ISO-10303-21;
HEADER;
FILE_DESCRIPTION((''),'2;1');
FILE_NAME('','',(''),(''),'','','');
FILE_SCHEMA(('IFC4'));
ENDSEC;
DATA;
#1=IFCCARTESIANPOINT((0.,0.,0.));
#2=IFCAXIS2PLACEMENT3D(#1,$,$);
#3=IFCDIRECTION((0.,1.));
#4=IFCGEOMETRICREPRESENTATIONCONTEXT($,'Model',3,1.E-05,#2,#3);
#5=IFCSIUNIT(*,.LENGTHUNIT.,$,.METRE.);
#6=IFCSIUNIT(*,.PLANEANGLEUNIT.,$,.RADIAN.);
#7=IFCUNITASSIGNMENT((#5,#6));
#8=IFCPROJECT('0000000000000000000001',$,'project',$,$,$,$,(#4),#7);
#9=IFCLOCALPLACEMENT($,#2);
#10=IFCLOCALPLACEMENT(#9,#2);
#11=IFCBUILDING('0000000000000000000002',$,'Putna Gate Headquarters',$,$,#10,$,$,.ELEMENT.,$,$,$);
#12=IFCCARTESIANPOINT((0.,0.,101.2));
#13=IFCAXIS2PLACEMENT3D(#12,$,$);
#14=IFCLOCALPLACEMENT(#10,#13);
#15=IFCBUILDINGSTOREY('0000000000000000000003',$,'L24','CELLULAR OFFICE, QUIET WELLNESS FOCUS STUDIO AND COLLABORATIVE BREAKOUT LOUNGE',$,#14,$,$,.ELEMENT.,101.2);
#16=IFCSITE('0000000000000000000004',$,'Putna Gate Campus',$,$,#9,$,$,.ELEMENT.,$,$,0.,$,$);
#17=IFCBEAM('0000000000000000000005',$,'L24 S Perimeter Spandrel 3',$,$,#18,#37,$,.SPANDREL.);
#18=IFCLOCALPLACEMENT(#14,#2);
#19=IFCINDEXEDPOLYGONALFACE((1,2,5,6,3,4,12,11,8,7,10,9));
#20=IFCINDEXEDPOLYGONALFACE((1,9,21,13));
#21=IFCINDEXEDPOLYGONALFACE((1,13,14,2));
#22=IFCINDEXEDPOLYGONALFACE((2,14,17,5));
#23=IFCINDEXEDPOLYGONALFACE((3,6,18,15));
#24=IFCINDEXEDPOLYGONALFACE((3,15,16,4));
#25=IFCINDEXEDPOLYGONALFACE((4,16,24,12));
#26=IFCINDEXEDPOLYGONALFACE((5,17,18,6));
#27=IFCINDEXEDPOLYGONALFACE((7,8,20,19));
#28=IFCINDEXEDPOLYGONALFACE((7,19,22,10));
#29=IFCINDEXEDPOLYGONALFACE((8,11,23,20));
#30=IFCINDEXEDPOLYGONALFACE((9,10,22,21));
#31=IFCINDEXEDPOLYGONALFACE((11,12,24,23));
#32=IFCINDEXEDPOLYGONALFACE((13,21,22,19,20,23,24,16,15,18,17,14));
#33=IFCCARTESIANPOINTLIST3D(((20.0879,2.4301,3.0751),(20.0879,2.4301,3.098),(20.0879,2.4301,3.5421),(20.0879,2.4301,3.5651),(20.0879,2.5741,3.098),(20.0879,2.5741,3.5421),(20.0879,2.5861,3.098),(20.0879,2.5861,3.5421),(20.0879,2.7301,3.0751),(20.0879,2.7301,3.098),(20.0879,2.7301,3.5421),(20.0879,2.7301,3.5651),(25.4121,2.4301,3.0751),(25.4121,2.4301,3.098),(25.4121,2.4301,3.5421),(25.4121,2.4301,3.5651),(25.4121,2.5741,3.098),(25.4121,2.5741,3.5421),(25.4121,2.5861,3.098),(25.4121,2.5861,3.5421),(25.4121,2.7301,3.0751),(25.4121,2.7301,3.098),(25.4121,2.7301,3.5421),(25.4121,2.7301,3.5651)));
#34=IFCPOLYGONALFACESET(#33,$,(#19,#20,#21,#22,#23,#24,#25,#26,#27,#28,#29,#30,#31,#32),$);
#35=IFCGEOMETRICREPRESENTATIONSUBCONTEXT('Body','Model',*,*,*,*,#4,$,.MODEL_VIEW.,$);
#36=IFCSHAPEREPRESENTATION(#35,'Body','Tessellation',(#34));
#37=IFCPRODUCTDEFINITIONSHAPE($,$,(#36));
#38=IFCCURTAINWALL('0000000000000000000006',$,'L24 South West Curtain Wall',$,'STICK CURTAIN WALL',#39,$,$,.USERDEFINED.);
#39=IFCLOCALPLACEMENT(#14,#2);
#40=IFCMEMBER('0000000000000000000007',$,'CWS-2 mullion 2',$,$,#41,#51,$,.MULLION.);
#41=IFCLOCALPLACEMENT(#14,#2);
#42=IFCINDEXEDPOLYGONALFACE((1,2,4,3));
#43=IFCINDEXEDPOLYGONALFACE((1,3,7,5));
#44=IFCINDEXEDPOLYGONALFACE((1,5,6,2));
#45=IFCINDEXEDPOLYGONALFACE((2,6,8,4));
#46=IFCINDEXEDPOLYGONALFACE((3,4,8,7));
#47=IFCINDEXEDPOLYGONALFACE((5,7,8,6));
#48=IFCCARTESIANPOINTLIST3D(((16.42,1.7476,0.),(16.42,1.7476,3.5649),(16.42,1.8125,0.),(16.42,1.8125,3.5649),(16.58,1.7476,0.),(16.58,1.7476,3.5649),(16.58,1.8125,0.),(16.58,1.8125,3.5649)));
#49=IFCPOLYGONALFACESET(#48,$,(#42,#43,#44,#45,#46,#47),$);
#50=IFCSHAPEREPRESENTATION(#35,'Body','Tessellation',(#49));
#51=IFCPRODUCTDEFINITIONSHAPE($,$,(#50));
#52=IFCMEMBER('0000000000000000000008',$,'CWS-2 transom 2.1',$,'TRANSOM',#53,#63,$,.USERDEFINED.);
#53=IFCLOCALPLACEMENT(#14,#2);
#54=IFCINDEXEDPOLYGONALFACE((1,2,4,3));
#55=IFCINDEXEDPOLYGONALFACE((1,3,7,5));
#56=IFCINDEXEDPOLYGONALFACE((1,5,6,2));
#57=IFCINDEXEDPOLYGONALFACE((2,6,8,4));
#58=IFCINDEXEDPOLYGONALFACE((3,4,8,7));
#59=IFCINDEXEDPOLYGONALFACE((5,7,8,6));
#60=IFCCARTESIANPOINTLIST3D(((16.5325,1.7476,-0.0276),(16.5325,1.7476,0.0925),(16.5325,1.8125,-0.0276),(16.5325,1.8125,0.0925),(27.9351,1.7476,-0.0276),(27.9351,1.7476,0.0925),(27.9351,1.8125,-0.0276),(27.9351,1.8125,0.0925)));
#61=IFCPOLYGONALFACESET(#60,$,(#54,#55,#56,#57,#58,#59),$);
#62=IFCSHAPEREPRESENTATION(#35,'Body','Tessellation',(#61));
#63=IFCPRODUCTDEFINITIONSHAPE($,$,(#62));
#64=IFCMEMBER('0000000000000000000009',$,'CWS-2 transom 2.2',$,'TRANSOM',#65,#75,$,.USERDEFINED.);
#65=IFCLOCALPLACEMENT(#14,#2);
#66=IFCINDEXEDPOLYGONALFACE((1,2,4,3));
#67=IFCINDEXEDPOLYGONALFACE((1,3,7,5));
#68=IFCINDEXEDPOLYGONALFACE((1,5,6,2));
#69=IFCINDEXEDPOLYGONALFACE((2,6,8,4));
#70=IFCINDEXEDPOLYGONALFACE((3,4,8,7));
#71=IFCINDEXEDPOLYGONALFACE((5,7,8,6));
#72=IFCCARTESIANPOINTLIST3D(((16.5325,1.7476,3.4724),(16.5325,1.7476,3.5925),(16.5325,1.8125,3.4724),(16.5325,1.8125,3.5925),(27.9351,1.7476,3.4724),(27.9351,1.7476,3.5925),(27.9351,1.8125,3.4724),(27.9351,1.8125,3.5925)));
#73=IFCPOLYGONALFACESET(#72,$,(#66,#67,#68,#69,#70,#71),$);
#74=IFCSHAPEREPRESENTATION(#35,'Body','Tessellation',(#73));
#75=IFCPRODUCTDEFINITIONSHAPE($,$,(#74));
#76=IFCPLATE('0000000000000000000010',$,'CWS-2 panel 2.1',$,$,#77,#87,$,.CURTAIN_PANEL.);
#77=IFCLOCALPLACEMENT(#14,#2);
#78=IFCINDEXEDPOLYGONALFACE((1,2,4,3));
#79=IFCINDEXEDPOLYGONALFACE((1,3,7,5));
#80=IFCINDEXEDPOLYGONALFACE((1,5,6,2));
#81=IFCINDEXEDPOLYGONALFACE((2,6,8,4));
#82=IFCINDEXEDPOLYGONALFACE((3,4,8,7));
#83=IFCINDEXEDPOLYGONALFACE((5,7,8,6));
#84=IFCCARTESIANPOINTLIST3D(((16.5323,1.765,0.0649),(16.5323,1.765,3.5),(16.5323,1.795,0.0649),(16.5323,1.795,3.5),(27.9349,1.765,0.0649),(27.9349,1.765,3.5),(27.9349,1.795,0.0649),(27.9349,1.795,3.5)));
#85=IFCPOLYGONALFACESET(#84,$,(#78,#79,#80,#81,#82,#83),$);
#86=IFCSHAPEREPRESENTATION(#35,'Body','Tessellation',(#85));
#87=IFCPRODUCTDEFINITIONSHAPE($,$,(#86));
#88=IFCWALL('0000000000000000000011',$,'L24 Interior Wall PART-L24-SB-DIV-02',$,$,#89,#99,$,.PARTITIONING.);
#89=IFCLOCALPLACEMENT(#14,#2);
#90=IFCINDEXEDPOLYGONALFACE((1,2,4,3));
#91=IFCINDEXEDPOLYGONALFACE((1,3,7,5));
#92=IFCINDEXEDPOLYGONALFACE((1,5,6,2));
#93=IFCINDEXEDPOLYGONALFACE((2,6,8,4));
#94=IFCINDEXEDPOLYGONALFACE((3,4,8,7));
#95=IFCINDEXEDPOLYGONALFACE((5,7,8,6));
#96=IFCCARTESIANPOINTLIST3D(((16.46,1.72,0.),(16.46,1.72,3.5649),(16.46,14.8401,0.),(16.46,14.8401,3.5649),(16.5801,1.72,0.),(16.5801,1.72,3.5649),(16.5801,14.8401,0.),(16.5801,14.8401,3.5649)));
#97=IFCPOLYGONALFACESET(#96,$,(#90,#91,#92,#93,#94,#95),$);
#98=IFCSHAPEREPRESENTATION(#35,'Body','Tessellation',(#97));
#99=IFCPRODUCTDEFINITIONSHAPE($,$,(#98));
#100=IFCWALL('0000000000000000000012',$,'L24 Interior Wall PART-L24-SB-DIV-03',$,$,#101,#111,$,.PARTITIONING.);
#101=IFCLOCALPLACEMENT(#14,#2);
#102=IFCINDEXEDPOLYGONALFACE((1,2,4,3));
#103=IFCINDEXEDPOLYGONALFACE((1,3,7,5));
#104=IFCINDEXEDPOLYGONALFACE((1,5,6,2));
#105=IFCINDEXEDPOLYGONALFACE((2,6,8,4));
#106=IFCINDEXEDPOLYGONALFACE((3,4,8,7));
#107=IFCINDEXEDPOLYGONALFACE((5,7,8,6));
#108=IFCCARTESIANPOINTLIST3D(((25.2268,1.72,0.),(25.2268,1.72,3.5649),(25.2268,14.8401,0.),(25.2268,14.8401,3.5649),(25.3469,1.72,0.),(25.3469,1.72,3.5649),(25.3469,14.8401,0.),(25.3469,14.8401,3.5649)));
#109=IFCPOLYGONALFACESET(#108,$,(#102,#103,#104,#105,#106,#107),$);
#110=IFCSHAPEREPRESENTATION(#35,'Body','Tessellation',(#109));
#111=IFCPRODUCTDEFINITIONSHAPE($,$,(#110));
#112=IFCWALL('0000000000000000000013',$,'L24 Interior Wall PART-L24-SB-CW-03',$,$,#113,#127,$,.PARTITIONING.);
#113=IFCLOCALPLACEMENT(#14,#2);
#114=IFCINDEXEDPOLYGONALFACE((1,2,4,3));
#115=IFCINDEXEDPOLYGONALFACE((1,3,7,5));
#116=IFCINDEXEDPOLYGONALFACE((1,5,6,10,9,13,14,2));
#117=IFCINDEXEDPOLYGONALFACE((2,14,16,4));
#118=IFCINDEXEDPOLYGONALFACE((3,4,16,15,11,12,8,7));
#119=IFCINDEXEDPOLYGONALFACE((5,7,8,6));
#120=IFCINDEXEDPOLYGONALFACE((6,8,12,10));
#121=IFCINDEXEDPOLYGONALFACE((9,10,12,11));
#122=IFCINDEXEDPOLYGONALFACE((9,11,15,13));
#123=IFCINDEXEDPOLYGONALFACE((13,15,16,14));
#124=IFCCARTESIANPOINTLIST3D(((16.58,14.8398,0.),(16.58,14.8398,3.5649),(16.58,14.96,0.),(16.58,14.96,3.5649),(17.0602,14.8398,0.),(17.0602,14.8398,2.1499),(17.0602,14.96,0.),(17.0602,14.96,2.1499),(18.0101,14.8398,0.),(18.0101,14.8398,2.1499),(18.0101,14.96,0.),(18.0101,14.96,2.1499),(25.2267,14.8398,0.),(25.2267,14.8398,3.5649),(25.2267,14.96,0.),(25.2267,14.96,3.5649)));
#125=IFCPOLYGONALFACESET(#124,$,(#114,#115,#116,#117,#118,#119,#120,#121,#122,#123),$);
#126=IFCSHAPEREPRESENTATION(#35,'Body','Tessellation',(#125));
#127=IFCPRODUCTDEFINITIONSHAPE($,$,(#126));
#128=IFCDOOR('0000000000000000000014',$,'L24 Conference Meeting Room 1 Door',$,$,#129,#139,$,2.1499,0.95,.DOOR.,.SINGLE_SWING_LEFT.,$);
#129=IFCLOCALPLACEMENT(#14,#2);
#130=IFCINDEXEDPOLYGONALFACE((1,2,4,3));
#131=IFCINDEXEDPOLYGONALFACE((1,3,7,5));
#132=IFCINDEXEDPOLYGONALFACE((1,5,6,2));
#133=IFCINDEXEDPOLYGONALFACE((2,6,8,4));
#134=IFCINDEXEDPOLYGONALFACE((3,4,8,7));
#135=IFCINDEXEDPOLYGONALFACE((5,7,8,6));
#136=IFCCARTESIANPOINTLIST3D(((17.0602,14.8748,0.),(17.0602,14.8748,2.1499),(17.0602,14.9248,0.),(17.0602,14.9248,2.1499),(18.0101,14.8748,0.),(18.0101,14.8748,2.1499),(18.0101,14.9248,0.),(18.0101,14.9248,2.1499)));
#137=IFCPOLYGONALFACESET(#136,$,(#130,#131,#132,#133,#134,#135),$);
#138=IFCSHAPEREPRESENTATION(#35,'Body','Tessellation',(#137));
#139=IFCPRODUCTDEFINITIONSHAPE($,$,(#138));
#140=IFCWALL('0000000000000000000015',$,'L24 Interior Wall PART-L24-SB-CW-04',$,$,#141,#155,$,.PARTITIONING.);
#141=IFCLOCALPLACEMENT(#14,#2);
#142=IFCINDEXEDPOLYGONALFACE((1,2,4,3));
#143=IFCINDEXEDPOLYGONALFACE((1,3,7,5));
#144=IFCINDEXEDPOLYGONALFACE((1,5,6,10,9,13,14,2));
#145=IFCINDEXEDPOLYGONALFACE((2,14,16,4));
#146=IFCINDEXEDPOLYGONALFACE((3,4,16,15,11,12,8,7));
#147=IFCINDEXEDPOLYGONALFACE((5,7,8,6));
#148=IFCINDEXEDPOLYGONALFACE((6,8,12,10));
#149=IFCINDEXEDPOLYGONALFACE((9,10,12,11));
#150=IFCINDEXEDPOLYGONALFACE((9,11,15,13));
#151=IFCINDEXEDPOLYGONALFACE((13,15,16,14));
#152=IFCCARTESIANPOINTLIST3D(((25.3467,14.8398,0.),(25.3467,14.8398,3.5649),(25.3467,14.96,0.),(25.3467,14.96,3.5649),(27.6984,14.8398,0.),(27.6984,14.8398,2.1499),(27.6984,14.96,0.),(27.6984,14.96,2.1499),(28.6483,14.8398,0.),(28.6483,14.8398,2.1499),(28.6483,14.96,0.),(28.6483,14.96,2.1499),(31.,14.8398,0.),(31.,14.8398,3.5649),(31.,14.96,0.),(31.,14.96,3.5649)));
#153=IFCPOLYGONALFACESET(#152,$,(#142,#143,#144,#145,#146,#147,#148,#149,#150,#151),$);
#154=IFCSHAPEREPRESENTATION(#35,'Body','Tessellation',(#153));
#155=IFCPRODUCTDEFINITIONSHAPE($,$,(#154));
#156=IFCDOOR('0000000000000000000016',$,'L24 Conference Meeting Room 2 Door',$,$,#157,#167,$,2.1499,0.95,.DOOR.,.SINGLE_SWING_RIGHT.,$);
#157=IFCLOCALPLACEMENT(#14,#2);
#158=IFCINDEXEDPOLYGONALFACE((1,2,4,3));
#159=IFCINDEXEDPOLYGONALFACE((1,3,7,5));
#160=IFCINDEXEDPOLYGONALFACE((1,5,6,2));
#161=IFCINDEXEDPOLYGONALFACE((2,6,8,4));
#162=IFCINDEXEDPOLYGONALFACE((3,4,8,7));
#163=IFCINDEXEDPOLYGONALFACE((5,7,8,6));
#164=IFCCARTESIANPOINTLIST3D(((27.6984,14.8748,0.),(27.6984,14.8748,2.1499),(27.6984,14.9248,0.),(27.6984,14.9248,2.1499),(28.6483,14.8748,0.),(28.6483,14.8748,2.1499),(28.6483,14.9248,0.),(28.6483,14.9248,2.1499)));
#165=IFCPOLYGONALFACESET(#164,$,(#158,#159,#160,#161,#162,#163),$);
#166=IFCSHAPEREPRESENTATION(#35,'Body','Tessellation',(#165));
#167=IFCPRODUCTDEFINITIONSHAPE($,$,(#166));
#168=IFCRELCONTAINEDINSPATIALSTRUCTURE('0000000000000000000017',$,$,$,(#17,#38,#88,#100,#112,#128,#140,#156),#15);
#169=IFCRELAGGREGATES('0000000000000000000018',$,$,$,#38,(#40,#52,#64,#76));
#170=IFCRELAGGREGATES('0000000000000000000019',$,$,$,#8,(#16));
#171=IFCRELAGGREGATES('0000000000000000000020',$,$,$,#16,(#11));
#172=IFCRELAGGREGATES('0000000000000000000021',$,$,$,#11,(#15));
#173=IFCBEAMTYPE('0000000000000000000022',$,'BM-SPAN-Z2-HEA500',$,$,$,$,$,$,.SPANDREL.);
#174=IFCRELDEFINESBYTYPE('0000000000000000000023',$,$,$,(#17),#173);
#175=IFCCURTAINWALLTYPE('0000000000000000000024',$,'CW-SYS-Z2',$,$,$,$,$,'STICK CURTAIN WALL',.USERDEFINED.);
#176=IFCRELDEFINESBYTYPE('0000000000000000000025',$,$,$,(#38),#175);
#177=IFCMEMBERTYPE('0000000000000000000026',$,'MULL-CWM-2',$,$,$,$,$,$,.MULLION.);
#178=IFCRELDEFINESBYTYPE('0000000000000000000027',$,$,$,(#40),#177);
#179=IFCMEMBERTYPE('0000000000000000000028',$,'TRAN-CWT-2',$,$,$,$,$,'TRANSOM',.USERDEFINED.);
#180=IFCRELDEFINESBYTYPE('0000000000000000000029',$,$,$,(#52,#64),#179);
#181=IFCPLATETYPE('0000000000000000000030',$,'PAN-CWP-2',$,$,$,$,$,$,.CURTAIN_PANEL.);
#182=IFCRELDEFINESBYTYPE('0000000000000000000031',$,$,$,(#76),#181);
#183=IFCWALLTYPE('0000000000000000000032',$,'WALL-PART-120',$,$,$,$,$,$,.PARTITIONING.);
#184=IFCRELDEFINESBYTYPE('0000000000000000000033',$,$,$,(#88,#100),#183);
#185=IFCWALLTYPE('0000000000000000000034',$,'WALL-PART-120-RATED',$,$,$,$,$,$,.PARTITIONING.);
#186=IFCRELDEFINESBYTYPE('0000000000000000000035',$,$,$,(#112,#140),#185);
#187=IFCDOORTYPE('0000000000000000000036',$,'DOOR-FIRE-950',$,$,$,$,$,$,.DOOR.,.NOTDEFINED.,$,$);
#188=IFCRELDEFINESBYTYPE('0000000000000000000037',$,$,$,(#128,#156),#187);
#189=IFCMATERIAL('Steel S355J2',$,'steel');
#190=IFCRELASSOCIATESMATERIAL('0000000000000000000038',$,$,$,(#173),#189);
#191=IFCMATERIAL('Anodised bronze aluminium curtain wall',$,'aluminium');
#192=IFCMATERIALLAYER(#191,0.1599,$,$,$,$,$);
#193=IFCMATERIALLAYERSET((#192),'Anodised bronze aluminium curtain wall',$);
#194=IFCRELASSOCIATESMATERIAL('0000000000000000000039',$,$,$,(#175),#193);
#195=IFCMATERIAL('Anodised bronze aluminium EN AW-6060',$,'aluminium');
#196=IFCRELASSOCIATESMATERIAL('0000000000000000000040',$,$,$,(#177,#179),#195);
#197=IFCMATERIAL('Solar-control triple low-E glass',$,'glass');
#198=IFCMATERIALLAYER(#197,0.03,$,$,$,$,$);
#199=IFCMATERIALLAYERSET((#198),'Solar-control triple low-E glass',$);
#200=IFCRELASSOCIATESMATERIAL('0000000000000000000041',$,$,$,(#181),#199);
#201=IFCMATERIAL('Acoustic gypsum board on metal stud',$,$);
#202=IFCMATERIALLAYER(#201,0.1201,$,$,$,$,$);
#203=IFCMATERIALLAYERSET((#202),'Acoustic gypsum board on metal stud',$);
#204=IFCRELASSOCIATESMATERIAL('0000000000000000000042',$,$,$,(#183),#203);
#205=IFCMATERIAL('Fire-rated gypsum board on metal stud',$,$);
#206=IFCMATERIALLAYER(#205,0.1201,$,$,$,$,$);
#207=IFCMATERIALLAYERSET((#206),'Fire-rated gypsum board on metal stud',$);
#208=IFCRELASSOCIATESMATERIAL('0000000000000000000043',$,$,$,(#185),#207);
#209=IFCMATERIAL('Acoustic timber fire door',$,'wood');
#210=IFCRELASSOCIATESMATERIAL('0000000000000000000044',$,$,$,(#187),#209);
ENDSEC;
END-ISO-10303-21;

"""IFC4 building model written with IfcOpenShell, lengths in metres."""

from ifc_helpers import new_model, si_unit, direction, frame, frame_2d, origin, origin_2d, place, context, subcontext, project, spatial, rectangle, i_section, extrude, material, layer, layer_set, material_profile, profile_set, type_object, element, fill, aggregate, save


model = new_model("IFC4")

# Units and contexts
model_context = context("Model", 3, precision=1e-05, world=origin(), true_north=direction((0.0, 1.0)))
body_context = subcontext(model_context, "Body", "Model", "MODEL_VIEW")
ifc_project = project(units=[si_unit("LENGTHUNIT", "METRE"), si_unit("PLANEANGLEUNIT", "RADIAN")], contexts=[model_context])

# Site, building, storey
site_placement = place(None, origin())
site = spatial("IfcSite", under=ifc_project, at=site_placement, Name="Putna Gate Campus", CompositionType="ELEMENT", RefElevation=0.0)
building_placement = place(site_placement, origin())
building = spatial("IfcBuilding", under=site, at=building_placement, Name="Putna Gate Headquarters", CompositionType="ELEMENT")
storey_placement = place(building_placement, frame((0.0, 0.0, 101.2)))
storey = spatial("IfcBuildingStorey", under=building, at=storey_placement, Name="L24", Description="CELLULAR OFFICE, QUIET WELLNESS FOCUS STUDIO AND COLLABORATIVE BREAKOUT LOUNGE", CompositionType="ELEMENT", Elevation=101.2)

# Beam
ifc_material_1 = material(Name="Steel S355J2", Category="steel")
ifc_material_profile_1 = material_profile(ifc_material_1, i_section(OverallWidth=0.3, OverallDepth=0.49, WebThickness=0.012, FlangeThickness=0.0229, at=origin_2d()), Name="Steel S355J2")
ifc_profile_set_1 = profile_set([ifc_material_profile_1], Name="Steel S355J2")
beam_type_1 = type_object("IfcBeamType", Name="BM-SPAN-Z2-HEA500", PredefinedType="SPANDREL", material=ifc_profile_set_1)
for number, where, z_axis, x_axis, name in (
    (1, (20.0879, 2.5801, 3.3201), (1.0, 0.0, 0.0), (0.0, 1.0, 0.0), "L24 S Perimeter Spandrel 3"),
):
    element("IfcBeam", number, at=place(storey_placement, frame(where, z_axis=z_axis, x_axis=x_axis)), inside=storey, type_object=beam_type_1, Name=name, PredefinedType="SPANDREL", context=body_context, shape_type="SweptSolid", body=[
        extrude(i_section(OverallWidth=0.3, OverallDepth=0.49, WebThickness=0.012, FlangeThickness=0.0229, at=origin_2d()), origin(), (0.0, 0.0, 1.0), 5.3242),
    ])

# Curtain wall, members, plate
ifc_material_2 = material(Name="Anodised bronze aluminium curtain wall", Category="aluminium")
ifc_layer_1 = layer(ifc_material_2, 0.1599)
ifc_layer_set_1 = layer_set([ifc_layer_1], Name="Anodised bronze aluminium curtain wall")
curtain_wall_type = type_object("IfcCurtainWallType", Name="CW-SYS-Z2", ElementType="STICK CURTAIN WALL", PredefinedType="USERDEFINED", material=ifc_layer_set_1)
curtain_wall_placement = place(storey_placement, origin())
curtain_wall = element("IfcCurtainWall", 2, at=curtain_wall_placement, inside=storey, type_object=curtain_wall_type, Name="L24 South West Curtain Wall", ObjectType="STICK CURTAIN WALL", PredefinedType="USERDEFINED")
ifc_material_3 = material(Name="Anodised bronze aluminium EN AW-6060", Category="aluminium")
ifc_material_profile_2 = material_profile(ifc_material_3, rectangle(XDim=0.0649, YDim=0.1599, at=origin_2d()), Name="Anodised bronze aluminium EN AW-6060")
ifc_profile_set_2 = profile_set([ifc_material_profile_2], Name="Anodised bronze aluminium EN AW-6060")
member_type_1 = type_object("IfcMemberType", Name="MULL-CWM-2", PredefinedType="MULLION", material=ifc_profile_set_2)
member_1_placement = place(storey_placement, frame((16.5, 1.78, 0.0), z_axis=(0.0, 0.0, 1.0), x_axis=(0.0, 1.0, 0.0)))
member_1 = element("IfcMember", 3, at=member_1_placement, type_object=member_type_1, Name="CWS-2 mullion 2", PredefinedType="MULLION", context=body_context, shape_type="SweptSolid", body=[
    extrude(rectangle(XDim=0.0649, YDim=0.1599, at=origin_2d()), origin(), (0.0, 0.0, 1.0), 3.5649),
])
ifc_material_profile_3 = material_profile(ifc_material_3, rectangle(XDim=0.0649, YDim=0.1201, at=origin_2d()), Name="Anodised bronze aluminium EN AW-6060")
ifc_profile_set_3 = profile_set([ifc_material_profile_3], Name="Anodised bronze aluminium EN AW-6060")
member_type_2 = type_object("IfcMemberType", Name="TRAN-CWT-2", ElementType="TRANSOM", PredefinedType="USERDEFINED", material=ifc_profile_set_3)
member_2_placement = place(storey_placement, frame((16.5325, 1.78, 0.0325), z_axis=(1.0, 0.0, 0.0), x_axis=(0.0, 1.0, 0.0)))
member_2 = element("IfcMember", 4, at=member_2_placement, type_object=member_type_2, Name="CWS-2 transom 2.1", ObjectType="TRANSOM", PredefinedType="USERDEFINED", context=body_context, shape_type="SweptSolid", body=[
    extrude(rectangle(XDim=0.0649, YDim=0.1201, at=origin_2d()), origin(), (0.0, 0.0, 1.0), 11.4026),
])
member_3_placement = place(storey_placement, frame((16.5325, 1.78, 3.5325), z_axis=(1.0, 0.0, 0.0), x_axis=(0.0, 1.0, 0.0)))
member_3 = element("IfcMember", 5, at=member_3_placement, type_object=member_type_2, Name="CWS-2 transom 2.2", ObjectType="TRANSOM", PredefinedType="USERDEFINED", context=body_context, shape_type="SweptSolid", body=[
    extrude(rectangle(XDim=0.0649, YDim=0.1201, at=origin_2d()), origin(), (0.0, 0.0, 1.0), 11.4026),
])
ifc_material_4 = material(Name="Solar-control triple low-E glass", Category="glass")
ifc_layer_2 = layer(ifc_material_4, 0.03)
ifc_layer_set_2 = layer_set([ifc_layer_2], Name="Solar-control triple low-E glass")
plate_type = type_object("IfcPlateType", Name="PAN-CWP-2", PredefinedType="CURTAIN_PANEL", material=ifc_layer_set_2)
plate_placement = place(storey_placement, frame((22.2336, 1.78, 0.0649), z_axis=(0.0, 0.0, 1.0), x_axis=(1.0, 0.0, 0.0)))
plate = element("IfcPlate", 6, at=plate_placement, type_object=plate_type, Name="CWS-2 panel 2.1", PredefinedType="CURTAIN_PANEL", context=body_context, shape_type="SweptSolid", body=[
    extrude(rectangle(XDim=11.4026, YDim=0.03, at=origin_2d()), origin(), (0.0, 0.0, 1.0), 3.4351),
])
aggregate(curtain_wall, [member_1, member_2, member_3, plate])

# Walls
ifc_material_5 = material(Name="Acoustic gypsum board on metal stud")
ifc_layer_3 = layer(ifc_material_5, 0.1201)
ifc_layer_set_3 = layer_set([ifc_layer_3], Name="Acoustic gypsum board on metal stud")
wall_type_1 = type_object("IfcWallType", Name="WALL-PART-120", PredefinedType="PARTITIONING", material=ifc_layer_set_3)
for number, where, z_axis, x_axis, name in (
    (7, (16.52, 1.72, 0.0), (0.0, 0.0, 1.0), (0.0, 1.0, 0.0), "L24 Interior Wall PART-L24-SB-DIV-02"),
    (8, (25.2869, 1.72, 0.0), (0.0, 0.0, 1.0), (0.0, 1.0, 0.0), "L24 Interior Wall PART-L24-SB-DIV-03"),
):
    element("IfcWall", number, at=place(storey_placement, frame(where, z_axis=z_axis, x_axis=x_axis)), inside=storey, type_object=wall_type_1, Name=name, PredefinedType="PARTITIONING", context=body_context, shape_type="SweptSolid", body=[
        extrude(rectangle(XDim=13.1201, YDim=0.1201, at=frame_2d((6.5601, 0.0))), origin(), (0.0, 0.0, 1.0), 3.5649),
    ])

# Walls, openings, doors
ifc_material_6 = material(Name="Fire-rated gypsum board on metal stud")
ifc_layer_4 = layer(ifc_material_6, 0.1201)
ifc_layer_set_4 = layer_set([ifc_layer_4], Name="Fire-rated gypsum board on metal stud")
wall_type_2 = type_object("IfcWallType", Name="WALL-PART-120-RATED", PredefinedType="PARTITIONING", material=ifc_layer_set_4)
wall_1_placement = place(storey_placement, frame((16.5801, 14.8999, 0.0), z_axis=(0.0, 0.0, 1.0), x_axis=(1.0, 0.0, 0.0)))
wall_1 = element("IfcWall", 9, at=wall_1_placement, inside=storey, type_object=wall_type_2, Name="L24 Interior Wall PART-L24-SB-CW-03", PredefinedType="PARTITIONING", context=body_context, shape_type="SweptSolid", body=[
    extrude(rectangle(XDim=8.6467, YDim=0.1201, at=frame_2d((4.3232, 0.0))), origin(), (0.0, 0.0, 1.0), 3.5649),
])
opening_1_placement = place(wall_1_placement, frame((0.48, 0.0, 0.0)))
opening_1 = element("IfcOpeningElement", 10, at=opening_1_placement, cuts=wall_1, PredefinedType="OPENING", context=body_context, shape_type="SweptSolid", body=[
    extrude(rectangle(XDim=0.95, YDim=2.1499, at=frame_2d((0.4751, 1.075))), frame((0.0, 0.0701, 0.0), z_axis=(0.0, -1.0, 0.0), x_axis=(1.0, 0.0, 0.0)), (0.0, 0.0, 1.0), 0.1401),
])
ifc_material_7 = material(Name="Acoustic timber fire door", Category="wood")
door_type_1 = type_object("IfcDoorType", Name="DOOR-FIRE-950", OperationType="NOTDEFINED", PredefinedType="DOOR", material=ifc_material_7)
door_1_placement = place(opening_1_placement, origin())
door_1 = element("IfcDoor", 11, at=door_1_placement, inside=storey, type_object=door_type_1, Name="L24 Conference Meeting Room 1 Door", OperationType="SINGLE_SWING_LEFT", OverallHeight=2.1499, OverallWidth=0.95, PredefinedType="DOOR", context=body_context, shape_type="SweptSolid", body=[
    extrude(rectangle(XDim=0.95, YDim=2.1499, at=frame_2d((0.4751, 1.075))), frame((0.0, 0.0249, 0.0), z_axis=(0.0, -1.0, 0.0), x_axis=(1.0, 0.0, 0.0)), (0.0, 0.0, 1.0), 0.05),
])
fill(opening_1, door_1)
wall_2_placement = place(storey_placement, frame((25.3467, 14.8999, 0.0), z_axis=(0.0, 0.0, 1.0), x_axis=(1.0, 0.0, 0.0)))
wall_2 = element("IfcWall", 12, at=wall_2_placement, inside=storey, type_object=wall_type_2, Name="L24 Interior Wall PART-L24-SB-CW-04", PredefinedType="PARTITIONING", context=body_context, shape_type="SweptSolid", body=[
    extrude(rectangle(XDim=5.6533, YDim=0.1201, at=frame_2d((2.8267, 0.0))), origin(), (0.0, 0.0, 1.0), 3.5649),
])
opening_2_placement = place(wall_2_placement, frame((2.3516, 0.0, 0.0)))
opening_2 = element("IfcOpeningElement", 13, at=opening_2_placement, cuts=wall_2, PredefinedType="OPENING", context=body_context, shape_type="SweptSolid", body=[
    extrude(rectangle(XDim=0.95, YDim=2.1499, at=frame_2d((0.4751, 1.075))), frame((0.0, 0.0701, 0.0), z_axis=(0.0, -1.0, 0.0), x_axis=(1.0, 0.0, 0.0)), (0.0, 0.0, 1.0), 0.1401),
])
door_2_placement = place(opening_2_placement, origin())
door_2 = element("IfcDoor", 14, at=door_2_placement, inside=storey, type_object=door_type_1, Name="L24 Conference Meeting Room 2 Door", OperationType="SINGLE_SWING_RIGHT", OverallHeight=2.1499, OverallWidth=0.95, PredefinedType="DOOR", context=body_context, shape_type="SweptSolid", body=[
    extrude(rectangle(XDim=0.95, YDim=2.1499, at=frame_2d((0.4751, 1.075))), frame((0.0, 0.0249, 0.0), z_axis=(0.0, -1.0, 0.0), x_axis=(1.0, 0.0, 0.0)), (0.0, 0.0, 1.0), 0.05),
])
fill(opening_2, door_2)

save(model, "model.ifc")
